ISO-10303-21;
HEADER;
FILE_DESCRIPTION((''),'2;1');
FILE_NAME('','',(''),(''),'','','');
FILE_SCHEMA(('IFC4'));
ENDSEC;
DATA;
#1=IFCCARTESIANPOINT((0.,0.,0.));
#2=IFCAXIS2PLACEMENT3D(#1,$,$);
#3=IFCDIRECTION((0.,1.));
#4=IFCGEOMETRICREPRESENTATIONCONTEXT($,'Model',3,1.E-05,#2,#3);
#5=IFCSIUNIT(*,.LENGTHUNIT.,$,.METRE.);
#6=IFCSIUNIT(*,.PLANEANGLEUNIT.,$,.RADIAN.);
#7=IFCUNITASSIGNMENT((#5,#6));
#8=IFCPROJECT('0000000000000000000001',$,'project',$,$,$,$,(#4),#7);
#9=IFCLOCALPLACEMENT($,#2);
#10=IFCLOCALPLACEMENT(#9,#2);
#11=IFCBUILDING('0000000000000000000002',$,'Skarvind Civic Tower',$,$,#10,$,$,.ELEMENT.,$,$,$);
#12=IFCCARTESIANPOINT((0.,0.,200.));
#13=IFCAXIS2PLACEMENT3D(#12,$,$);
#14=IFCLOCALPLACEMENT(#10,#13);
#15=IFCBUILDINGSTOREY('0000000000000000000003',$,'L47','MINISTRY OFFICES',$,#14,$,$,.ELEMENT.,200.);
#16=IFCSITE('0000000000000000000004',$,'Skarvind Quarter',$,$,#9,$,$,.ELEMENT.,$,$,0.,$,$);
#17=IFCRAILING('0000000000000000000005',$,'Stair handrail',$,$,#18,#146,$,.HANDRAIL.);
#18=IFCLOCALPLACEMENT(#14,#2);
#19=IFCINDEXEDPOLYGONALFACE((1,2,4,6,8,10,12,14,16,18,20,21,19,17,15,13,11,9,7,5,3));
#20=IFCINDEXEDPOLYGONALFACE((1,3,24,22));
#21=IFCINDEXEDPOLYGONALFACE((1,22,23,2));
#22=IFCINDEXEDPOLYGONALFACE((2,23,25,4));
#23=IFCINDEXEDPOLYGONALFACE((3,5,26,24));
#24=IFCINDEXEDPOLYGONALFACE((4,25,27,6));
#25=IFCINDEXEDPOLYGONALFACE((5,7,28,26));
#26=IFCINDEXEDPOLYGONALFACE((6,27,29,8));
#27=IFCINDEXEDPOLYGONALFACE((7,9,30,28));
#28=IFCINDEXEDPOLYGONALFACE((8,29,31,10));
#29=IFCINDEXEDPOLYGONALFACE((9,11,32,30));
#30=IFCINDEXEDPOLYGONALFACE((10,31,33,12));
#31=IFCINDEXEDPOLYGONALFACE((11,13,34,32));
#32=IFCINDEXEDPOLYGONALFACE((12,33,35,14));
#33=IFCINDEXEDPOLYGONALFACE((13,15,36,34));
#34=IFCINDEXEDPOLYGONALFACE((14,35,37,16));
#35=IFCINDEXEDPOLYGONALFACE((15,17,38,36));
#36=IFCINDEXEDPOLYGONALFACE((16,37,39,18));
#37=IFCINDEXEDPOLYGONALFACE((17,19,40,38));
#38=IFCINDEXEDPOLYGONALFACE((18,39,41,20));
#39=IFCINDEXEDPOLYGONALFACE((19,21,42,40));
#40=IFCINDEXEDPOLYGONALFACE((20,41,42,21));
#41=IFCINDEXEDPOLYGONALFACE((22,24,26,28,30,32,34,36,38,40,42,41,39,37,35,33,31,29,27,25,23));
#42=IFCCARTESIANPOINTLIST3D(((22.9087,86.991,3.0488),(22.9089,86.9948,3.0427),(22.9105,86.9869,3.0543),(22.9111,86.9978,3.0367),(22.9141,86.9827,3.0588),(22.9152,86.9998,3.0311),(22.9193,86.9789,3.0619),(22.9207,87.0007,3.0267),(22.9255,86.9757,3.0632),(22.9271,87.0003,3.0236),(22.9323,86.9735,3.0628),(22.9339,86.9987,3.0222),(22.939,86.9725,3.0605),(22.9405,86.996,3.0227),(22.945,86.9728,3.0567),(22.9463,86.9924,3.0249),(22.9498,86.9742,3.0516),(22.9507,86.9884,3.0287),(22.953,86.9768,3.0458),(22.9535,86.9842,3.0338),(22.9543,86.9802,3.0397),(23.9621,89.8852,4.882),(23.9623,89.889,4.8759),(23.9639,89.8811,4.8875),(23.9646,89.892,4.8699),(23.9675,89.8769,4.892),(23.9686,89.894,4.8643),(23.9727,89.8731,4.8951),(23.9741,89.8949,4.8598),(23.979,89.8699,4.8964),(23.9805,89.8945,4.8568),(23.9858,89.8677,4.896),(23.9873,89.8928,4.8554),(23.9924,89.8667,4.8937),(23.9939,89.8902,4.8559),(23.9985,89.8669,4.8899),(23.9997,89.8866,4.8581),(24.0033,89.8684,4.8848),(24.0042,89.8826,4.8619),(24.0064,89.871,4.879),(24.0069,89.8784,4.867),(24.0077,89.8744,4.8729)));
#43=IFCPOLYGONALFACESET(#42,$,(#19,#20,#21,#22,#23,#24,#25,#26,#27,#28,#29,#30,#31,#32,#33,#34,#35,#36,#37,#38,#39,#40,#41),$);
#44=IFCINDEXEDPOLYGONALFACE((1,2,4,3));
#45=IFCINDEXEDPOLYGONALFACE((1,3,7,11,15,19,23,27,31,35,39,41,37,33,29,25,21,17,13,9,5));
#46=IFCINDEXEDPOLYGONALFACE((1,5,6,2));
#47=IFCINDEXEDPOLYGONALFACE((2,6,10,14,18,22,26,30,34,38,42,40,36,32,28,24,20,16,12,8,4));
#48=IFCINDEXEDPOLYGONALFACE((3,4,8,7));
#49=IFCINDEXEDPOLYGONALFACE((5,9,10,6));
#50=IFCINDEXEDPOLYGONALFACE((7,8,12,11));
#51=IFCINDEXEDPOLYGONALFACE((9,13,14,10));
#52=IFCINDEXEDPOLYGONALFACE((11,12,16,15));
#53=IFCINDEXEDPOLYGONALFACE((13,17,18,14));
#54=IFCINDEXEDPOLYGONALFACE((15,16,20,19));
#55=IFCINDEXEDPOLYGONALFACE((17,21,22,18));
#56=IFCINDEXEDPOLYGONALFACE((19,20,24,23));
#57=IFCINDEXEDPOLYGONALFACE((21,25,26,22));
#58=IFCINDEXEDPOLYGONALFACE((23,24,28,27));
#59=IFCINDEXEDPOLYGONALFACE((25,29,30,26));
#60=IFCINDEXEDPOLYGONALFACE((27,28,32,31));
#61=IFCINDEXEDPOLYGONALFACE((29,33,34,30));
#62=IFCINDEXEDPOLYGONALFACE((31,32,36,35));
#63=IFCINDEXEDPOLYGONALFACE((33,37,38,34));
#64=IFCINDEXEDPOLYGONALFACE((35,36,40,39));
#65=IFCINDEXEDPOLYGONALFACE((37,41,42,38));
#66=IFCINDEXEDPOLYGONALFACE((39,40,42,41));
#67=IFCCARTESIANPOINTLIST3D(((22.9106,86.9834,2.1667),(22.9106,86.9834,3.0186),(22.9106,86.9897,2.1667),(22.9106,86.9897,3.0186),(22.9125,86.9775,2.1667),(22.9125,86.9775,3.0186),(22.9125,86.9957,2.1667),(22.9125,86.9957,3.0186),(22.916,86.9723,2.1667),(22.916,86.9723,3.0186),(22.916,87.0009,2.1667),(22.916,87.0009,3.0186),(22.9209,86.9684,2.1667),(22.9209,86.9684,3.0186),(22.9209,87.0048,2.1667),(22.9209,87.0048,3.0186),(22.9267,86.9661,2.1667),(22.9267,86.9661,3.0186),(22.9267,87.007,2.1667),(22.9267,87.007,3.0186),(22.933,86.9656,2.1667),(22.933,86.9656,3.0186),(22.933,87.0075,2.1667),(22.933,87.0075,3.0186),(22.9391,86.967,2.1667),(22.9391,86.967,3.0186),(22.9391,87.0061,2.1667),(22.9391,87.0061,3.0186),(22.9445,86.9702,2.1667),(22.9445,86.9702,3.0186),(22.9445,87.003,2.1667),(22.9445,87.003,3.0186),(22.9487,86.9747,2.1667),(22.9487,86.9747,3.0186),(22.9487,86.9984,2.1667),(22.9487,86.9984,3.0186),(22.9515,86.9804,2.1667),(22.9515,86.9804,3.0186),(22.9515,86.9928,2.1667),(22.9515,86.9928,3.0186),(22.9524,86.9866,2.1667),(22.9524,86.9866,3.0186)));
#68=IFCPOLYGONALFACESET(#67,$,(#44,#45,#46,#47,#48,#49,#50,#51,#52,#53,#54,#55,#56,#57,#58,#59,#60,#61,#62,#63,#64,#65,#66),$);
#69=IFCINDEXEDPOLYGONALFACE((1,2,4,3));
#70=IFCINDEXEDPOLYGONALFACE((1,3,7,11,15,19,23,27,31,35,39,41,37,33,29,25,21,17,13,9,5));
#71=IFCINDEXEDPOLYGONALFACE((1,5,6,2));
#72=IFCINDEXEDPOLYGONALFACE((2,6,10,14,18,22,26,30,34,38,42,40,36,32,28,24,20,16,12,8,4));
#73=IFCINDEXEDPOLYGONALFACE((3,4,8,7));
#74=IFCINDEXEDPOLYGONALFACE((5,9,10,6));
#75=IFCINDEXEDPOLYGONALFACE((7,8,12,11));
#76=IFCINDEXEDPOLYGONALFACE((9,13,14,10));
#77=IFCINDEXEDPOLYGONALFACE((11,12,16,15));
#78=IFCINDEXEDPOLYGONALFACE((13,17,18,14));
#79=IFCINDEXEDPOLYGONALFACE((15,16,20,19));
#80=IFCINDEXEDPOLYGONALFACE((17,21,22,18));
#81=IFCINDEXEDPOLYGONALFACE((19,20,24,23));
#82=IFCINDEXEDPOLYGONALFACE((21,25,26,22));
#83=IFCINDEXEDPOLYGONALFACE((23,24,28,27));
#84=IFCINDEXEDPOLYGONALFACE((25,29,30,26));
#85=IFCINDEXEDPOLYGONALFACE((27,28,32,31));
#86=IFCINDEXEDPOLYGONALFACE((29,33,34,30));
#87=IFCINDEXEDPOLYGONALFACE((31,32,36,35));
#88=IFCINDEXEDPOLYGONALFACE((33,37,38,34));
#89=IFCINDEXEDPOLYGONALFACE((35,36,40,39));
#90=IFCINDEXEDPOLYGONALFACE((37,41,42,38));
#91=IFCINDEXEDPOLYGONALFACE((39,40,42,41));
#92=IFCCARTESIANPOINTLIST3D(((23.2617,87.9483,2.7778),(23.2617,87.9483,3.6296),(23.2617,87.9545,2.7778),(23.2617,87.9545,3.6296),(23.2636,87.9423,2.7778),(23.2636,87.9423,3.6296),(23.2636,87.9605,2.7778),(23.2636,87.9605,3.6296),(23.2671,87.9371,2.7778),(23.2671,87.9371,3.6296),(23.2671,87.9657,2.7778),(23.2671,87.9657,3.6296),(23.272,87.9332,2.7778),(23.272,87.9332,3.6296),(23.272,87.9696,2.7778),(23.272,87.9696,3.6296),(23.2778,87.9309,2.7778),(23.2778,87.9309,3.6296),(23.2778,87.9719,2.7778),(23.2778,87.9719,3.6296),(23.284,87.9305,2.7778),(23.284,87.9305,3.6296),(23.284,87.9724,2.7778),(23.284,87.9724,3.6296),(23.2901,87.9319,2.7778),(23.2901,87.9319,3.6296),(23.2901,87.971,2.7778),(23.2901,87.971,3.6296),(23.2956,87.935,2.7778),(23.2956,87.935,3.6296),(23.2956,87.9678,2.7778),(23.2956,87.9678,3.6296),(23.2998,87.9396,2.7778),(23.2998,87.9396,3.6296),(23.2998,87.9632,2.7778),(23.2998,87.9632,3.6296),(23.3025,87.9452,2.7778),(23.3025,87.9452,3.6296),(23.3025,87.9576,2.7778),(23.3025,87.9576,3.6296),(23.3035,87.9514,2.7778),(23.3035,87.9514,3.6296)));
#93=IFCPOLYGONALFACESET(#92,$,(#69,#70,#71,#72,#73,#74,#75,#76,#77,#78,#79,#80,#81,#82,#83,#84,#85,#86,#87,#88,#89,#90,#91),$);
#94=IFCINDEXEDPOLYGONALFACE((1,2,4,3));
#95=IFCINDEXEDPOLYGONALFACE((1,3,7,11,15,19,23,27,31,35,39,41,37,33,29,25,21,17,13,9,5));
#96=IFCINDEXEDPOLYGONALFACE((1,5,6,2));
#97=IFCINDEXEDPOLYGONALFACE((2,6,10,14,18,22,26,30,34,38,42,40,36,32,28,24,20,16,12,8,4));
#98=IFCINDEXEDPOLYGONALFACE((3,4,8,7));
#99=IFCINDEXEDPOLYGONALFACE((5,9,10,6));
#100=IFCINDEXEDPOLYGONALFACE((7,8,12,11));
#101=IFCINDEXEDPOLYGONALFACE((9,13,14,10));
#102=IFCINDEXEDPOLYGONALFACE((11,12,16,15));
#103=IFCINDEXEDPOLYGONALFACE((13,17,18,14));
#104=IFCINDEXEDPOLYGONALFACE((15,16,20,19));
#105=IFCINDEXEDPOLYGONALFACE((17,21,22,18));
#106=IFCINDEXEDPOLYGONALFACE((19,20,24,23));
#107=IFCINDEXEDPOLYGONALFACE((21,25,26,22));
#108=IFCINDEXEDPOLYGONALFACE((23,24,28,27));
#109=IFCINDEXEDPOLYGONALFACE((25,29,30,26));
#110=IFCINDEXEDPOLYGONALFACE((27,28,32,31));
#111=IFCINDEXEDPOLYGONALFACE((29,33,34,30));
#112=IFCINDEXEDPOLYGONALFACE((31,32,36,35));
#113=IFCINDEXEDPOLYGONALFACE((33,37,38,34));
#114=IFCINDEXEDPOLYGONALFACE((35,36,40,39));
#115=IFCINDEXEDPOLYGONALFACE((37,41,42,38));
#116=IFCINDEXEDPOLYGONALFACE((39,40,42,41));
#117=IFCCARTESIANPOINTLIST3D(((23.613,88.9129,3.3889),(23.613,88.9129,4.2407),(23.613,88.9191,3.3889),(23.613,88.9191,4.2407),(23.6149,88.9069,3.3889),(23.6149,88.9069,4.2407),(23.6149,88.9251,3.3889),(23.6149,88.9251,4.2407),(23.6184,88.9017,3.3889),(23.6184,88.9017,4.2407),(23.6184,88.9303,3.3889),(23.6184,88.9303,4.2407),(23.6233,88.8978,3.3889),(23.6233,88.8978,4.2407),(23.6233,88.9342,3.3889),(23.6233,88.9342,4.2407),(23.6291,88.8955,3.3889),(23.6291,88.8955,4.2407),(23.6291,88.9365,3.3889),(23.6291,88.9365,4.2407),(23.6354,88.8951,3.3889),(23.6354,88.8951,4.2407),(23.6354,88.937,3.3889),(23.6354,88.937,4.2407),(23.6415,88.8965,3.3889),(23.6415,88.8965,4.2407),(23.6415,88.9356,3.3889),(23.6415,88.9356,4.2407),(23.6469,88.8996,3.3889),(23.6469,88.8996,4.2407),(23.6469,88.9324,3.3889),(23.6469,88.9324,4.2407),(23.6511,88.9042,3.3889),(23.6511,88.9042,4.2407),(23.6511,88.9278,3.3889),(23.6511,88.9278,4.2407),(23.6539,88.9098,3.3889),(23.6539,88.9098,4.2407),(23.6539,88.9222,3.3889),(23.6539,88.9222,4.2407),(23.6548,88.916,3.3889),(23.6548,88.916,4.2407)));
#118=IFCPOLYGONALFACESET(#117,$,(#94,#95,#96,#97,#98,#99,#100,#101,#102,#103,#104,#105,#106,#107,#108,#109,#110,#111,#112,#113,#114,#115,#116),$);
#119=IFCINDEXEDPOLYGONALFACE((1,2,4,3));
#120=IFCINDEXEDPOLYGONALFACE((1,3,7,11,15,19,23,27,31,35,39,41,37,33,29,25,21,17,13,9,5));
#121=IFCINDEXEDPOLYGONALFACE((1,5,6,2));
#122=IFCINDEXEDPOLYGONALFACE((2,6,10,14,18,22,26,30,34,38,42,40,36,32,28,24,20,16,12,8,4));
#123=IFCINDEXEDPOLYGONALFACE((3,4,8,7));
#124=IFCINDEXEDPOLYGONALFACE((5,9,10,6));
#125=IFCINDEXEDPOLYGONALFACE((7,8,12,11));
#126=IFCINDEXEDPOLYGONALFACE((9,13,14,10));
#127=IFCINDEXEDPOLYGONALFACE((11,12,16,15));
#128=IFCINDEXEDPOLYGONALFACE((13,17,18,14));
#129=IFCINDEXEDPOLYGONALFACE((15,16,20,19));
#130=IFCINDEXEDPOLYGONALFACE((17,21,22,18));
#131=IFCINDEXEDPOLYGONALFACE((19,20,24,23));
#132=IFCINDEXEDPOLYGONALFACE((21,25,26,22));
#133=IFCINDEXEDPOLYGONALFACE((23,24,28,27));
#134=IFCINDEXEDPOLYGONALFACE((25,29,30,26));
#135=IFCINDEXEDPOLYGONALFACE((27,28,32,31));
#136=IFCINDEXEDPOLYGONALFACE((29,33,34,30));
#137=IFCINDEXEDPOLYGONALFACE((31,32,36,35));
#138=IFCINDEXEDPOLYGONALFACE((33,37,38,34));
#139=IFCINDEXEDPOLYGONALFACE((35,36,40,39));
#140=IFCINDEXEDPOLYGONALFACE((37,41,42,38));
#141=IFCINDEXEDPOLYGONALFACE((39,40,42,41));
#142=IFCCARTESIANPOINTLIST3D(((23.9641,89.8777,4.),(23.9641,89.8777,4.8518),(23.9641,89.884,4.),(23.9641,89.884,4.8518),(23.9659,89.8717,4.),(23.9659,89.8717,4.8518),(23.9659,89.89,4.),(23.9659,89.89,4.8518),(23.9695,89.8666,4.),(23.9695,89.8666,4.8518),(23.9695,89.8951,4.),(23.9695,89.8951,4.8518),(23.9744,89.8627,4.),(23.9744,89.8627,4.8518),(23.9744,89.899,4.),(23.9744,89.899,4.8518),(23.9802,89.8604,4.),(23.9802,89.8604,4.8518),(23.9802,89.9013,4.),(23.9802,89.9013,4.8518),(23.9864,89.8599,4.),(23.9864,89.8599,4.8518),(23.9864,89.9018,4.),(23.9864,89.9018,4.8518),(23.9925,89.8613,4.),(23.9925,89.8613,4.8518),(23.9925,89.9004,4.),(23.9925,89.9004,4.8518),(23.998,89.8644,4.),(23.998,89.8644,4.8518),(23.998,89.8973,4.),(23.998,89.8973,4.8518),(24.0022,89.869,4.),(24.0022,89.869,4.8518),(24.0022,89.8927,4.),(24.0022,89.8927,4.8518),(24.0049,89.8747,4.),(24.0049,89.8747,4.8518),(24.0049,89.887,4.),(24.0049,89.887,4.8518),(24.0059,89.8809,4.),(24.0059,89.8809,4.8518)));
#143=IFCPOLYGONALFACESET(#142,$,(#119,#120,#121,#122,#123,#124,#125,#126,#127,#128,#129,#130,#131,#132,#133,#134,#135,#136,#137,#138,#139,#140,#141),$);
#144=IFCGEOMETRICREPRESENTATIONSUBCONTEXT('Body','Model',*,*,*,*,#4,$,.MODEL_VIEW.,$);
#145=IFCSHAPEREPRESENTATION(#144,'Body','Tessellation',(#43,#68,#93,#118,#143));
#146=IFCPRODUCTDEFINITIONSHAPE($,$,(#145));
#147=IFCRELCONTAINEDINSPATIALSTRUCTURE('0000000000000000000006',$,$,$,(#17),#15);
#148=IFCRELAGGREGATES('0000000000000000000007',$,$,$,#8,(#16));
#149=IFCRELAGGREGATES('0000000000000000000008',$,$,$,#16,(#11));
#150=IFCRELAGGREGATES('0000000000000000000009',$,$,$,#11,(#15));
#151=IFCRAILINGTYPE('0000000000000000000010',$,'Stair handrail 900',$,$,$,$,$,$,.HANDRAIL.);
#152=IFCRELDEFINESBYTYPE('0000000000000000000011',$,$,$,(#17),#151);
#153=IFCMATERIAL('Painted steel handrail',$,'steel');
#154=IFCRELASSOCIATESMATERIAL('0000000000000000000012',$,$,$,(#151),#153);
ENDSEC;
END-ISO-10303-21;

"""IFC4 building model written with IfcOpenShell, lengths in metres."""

from ifc_helpers import new_model, si_unit, direction, frame, origin, origin_2d, place, context, subcontext, project, spatial, circle, extrude, material, type_object, element, save


model = new_model("IFC4")

# Units and contexts
model_context = context("Model", 3, precision=1e-05, world=origin(), true_north=direction((0.0, 1.0)))
body_context = subcontext(model_context, "Body", "Model", "MODEL_VIEW")
ifc_project = project(units=[si_unit("LENGTHUNIT", "METRE"), si_unit("PLANEANGLEUNIT", "RADIAN")], contexts=[model_context])

# Site, building, storey
site_placement = place(None, origin())
site = spatial("IfcSite", under=ifc_project, at=site_placement, Name="Skarvind Quarter", CompositionType="ELEMENT", RefElevation=0.0)
building_placement = place(site_placement, origin())
building = spatial("IfcBuilding", under=site, at=building_placement, Name="Skarvind Civic Tower", CompositionType="ELEMENT")
storey_placement = place(building_placement, frame((0.0, 0.0, 200.0)))
storey = spatial("IfcBuildingStorey", under=building, at=storey_placement, Name="L47", Description="MINISTRY OFFICES", CompositionType="ELEMENT", Elevation=200.0)

# Railing
ifc_material_1 = material(Name="Painted steel handrail", Category="steel")
railing_type = type_object("IfcRailingType", Name="Stair handrail 900", PredefinedType="HANDRAIL", material=ifc_material_1)
railing_1_placement = place(storey_placement, frame((22.9314, 86.9866, 2.1667)))
element("IfcRailing", 1, at=railing_1_placement, inside=storey, type_object=railing_type, Name="Stair handrail", PredefinedType="HANDRAIL", context=body_context, shape_type="SweptSolid", body=[
    extrude(circle(Radius=0.0239, at=origin_2d()), frame((0.0, 0.0, 0.876), z_axis=(0.293908, 0.807481, 0.511461), x_axis=(-0.939689, 0.342029, 0.0)), (0.0, 0.0, 1.0), 3.5842),
    extrude(circle(Radius=0.021, at=origin_2d()), origin(), (0.0, 0.0, 1.0), 0.8518),
    extrude(circle(Radius=0.021, at=origin_2d()), frame((0.3511, 0.9648, 0.6111)), (0.0, 0.0, 1.0), 0.8518),
    extrude(circle(Radius=0.021, at=origin_2d()), frame((0.7024, 1.9294, 1.2222)), (0.0, 0.0, 1.0), 0.8518),
    extrude(circle(Radius=0.021, at=origin_2d()), frame((1.0535, 2.8943, 1.8333)), (0.0, 0.0, 1.0), 0.8518),
])

save(model, "model.ifc")
